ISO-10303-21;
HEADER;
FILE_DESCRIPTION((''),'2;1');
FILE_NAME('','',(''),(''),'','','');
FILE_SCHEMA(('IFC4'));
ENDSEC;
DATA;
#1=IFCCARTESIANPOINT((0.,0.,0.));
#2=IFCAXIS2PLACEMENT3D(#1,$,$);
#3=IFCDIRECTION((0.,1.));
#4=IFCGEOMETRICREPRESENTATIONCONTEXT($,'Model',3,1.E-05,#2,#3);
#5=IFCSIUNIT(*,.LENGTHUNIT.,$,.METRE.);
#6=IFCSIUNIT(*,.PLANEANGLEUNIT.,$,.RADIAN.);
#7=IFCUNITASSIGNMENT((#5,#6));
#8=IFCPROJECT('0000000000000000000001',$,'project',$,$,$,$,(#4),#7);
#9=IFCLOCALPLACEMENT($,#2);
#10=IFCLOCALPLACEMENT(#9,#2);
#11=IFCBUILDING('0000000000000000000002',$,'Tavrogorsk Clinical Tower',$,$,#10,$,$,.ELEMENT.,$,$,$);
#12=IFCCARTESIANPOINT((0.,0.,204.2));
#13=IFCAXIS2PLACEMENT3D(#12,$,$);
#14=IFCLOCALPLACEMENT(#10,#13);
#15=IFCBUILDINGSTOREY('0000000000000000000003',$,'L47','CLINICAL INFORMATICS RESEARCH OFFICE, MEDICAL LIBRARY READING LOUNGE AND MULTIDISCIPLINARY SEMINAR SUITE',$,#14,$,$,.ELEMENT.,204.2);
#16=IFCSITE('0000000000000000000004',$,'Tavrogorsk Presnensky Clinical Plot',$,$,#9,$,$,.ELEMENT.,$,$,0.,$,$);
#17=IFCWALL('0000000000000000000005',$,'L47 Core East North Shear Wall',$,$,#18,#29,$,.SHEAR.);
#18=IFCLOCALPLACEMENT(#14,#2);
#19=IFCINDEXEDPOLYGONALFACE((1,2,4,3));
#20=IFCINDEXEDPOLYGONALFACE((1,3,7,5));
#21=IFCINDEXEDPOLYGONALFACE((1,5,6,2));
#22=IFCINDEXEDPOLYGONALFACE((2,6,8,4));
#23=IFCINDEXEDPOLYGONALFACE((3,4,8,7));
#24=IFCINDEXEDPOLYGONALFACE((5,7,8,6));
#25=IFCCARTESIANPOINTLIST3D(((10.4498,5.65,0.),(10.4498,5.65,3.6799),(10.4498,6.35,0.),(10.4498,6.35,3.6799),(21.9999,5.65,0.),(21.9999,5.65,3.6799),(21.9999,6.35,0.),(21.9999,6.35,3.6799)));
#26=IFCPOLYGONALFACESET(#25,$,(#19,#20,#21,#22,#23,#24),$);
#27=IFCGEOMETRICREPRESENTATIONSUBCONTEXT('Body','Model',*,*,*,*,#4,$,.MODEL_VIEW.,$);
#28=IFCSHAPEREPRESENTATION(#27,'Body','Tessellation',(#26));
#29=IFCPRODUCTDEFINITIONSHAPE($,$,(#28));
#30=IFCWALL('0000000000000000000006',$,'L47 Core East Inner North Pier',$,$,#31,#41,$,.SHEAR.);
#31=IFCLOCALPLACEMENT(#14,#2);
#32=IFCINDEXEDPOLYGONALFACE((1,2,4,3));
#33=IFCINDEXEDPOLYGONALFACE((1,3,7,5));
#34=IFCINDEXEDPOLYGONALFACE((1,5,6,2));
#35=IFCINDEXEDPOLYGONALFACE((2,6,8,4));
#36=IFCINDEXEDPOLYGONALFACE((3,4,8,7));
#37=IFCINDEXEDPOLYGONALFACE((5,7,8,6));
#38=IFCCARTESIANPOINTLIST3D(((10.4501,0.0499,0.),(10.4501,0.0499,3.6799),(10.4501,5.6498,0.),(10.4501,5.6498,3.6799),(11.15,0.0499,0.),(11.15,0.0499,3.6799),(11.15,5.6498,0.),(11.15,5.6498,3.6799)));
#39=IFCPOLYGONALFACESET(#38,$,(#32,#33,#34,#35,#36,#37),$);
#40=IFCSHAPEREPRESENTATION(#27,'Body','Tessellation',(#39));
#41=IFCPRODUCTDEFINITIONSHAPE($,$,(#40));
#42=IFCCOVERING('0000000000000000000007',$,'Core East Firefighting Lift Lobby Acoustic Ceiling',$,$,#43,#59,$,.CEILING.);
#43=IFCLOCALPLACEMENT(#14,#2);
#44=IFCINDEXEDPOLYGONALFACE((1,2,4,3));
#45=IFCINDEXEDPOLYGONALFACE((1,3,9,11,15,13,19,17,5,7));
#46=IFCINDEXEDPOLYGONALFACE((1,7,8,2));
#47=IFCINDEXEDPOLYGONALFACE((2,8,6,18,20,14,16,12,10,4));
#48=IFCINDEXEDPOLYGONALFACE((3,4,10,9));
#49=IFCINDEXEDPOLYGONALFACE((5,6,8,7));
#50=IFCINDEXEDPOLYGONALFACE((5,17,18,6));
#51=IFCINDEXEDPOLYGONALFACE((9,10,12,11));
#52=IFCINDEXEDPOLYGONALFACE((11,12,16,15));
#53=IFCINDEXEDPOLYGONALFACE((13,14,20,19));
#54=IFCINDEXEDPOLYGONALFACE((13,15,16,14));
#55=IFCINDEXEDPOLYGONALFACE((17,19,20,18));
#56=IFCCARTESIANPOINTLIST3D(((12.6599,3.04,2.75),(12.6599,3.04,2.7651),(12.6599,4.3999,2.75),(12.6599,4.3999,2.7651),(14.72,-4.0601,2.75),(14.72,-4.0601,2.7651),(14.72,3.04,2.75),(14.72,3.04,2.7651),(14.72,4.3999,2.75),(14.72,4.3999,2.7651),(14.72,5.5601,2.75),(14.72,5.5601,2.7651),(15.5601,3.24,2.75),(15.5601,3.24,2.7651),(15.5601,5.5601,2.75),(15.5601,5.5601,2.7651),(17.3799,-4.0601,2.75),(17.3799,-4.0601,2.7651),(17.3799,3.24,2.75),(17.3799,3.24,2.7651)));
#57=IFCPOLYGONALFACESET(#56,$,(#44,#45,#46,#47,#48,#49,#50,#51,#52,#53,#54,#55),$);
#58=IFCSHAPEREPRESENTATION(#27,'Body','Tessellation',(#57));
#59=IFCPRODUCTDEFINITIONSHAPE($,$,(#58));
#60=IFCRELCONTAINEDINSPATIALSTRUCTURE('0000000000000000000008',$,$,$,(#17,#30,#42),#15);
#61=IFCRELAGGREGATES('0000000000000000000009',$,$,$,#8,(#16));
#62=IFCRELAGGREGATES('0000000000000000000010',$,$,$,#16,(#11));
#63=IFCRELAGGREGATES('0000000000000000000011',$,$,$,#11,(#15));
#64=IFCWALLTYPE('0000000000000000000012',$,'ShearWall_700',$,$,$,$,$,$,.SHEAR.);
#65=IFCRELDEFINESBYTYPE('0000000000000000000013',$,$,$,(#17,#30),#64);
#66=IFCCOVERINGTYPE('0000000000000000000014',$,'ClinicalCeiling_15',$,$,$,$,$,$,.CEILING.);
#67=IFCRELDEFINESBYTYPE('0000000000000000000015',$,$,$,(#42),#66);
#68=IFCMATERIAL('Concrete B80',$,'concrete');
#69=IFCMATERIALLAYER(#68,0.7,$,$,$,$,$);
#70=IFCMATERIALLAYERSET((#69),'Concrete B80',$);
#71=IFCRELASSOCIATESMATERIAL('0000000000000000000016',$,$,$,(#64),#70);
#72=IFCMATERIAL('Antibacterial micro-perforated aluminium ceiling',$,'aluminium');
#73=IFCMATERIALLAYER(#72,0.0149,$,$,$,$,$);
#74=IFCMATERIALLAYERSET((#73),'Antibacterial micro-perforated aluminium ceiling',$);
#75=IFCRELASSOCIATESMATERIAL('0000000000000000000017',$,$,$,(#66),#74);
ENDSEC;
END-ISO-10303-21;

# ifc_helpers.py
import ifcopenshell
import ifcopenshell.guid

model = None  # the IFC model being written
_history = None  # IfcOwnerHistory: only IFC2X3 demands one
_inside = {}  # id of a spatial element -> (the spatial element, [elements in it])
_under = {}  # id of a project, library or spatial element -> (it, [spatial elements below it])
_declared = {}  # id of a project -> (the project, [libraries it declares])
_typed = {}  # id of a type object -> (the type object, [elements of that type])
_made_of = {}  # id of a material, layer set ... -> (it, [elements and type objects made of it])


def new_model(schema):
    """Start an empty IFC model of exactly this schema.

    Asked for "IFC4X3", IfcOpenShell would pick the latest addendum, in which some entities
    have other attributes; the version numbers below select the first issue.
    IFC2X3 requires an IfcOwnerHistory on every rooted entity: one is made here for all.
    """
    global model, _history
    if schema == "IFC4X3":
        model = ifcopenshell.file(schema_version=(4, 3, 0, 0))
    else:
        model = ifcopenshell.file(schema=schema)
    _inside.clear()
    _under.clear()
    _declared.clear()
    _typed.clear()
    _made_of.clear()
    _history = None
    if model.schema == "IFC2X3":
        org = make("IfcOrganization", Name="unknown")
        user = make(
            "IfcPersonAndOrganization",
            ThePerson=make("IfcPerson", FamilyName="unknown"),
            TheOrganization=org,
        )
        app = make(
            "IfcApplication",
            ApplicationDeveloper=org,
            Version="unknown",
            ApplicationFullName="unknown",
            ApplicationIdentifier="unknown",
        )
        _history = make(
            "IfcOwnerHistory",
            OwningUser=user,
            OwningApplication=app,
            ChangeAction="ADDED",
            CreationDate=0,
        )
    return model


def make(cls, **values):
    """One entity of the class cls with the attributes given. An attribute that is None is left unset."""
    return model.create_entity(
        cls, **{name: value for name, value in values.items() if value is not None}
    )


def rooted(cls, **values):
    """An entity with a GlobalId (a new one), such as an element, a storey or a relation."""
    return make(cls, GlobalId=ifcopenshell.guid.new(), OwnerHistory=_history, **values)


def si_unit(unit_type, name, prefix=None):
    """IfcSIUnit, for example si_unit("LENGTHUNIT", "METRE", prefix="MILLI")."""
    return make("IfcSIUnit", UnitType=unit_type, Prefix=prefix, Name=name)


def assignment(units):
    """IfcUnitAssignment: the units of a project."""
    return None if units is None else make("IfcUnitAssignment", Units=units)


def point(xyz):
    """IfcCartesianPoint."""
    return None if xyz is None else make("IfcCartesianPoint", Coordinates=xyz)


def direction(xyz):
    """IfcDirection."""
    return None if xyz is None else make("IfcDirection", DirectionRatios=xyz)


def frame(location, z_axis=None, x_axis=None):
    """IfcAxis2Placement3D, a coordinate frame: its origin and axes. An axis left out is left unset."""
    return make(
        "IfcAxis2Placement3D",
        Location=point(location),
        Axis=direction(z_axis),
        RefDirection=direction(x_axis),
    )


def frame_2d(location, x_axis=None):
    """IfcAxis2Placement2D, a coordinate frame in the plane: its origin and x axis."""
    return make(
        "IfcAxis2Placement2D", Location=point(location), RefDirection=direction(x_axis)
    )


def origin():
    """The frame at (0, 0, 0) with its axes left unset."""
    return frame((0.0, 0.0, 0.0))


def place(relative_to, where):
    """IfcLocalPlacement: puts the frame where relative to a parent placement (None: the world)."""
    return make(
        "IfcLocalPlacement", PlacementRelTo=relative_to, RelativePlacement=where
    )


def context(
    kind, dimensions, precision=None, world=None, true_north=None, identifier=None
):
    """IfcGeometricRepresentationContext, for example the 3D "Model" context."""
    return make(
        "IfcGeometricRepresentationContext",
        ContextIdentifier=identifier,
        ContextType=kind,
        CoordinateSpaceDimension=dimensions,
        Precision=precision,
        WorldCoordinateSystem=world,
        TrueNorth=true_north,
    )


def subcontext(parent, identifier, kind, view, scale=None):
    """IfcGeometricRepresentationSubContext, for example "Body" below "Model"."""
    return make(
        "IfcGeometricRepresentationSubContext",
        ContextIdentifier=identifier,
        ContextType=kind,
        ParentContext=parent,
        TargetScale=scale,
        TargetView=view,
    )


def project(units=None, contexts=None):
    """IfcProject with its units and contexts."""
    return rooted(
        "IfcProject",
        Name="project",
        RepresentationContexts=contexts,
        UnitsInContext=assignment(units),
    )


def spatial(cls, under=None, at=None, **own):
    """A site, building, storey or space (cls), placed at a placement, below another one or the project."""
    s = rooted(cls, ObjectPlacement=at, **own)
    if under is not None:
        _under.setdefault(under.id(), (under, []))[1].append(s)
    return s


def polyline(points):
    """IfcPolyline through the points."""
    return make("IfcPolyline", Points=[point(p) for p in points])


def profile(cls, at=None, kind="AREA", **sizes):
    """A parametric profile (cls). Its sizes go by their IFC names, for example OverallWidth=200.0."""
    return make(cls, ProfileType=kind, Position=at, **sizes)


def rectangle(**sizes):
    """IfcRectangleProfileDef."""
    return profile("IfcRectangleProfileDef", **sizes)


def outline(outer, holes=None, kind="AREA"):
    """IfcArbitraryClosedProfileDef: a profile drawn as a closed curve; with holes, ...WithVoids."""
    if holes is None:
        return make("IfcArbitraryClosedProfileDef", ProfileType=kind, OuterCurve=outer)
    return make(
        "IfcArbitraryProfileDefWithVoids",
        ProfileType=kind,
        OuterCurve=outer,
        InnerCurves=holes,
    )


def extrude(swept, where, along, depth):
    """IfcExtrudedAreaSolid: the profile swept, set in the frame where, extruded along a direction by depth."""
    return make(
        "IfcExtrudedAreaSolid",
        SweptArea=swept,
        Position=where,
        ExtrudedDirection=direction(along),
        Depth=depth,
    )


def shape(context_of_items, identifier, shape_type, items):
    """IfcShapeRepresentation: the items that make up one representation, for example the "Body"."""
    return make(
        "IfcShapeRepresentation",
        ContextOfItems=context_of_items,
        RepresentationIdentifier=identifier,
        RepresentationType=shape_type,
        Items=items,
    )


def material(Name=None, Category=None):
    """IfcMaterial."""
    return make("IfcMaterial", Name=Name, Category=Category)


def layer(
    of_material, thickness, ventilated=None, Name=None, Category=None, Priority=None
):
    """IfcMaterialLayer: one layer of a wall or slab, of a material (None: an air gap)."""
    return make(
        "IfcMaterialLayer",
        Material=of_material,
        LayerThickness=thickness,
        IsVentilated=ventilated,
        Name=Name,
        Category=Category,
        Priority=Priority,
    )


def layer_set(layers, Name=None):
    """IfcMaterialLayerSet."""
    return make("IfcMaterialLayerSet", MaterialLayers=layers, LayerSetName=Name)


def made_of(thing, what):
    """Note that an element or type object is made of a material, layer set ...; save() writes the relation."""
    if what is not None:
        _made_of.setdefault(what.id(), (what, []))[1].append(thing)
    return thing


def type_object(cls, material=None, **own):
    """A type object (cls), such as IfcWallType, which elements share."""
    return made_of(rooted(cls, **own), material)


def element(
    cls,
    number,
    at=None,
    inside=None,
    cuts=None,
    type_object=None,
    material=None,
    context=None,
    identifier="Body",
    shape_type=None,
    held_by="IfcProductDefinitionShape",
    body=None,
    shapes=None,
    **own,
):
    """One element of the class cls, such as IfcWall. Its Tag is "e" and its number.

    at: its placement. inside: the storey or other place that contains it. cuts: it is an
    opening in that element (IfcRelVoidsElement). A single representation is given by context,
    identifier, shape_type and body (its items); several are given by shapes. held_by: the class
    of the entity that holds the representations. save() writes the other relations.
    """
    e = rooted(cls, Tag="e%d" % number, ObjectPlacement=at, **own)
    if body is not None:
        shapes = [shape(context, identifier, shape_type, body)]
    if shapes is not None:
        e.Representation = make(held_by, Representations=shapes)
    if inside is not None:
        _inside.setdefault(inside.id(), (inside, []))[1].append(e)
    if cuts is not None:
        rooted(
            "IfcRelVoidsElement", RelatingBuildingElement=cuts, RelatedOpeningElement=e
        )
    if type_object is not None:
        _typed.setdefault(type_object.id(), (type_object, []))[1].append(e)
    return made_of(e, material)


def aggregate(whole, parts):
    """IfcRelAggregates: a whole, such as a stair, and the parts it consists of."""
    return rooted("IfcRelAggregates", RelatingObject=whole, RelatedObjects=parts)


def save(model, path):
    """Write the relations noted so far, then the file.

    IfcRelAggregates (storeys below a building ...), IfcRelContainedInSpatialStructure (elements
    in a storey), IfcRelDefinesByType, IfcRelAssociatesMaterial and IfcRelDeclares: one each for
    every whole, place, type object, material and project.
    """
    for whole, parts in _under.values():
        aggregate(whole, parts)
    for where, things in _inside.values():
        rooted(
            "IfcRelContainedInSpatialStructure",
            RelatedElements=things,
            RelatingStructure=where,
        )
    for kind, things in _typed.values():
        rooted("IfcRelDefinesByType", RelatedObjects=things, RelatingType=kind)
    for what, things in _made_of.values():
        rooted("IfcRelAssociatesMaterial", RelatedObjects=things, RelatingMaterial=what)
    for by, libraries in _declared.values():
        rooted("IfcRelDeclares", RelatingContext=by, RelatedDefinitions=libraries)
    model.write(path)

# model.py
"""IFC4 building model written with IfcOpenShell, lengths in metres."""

from ifc_helpers import new_model, si_unit, direction, frame, frame_2d, origin, place, context, subcontext, project, spatial, polyline, rectangle, outline, extrude, material, layer, layer_set, type_object, element, save


model = new_model("IFC4")

# Units and contexts
model_context = context("Model", 3, precision=1e-05, world=origin(), true_north=direction((0.0, 1.0)))
body_context = subcontext(model_context, "Body", "Model", "MODEL_VIEW")
ifc_project = project(units=[si_unit("LENGTHUNIT", "METRE"), si_unit("PLANEANGLEUNIT", "RADIAN")], contexts=[model_context])

# Site, building, storey
site_placement = place(None, origin())
site = spatial("IfcSite", under=ifc_project, at=site_placement, Name="Tavrogorsk Presnensky Clinical Plot", CompositionType="ELEMENT", RefElevation=0.0)
building_placement = place(site_placement, origin())
building = spatial("IfcBuilding", under=site, at=building_placement, Name="Tavrogorsk Clinical Tower", CompositionType="ELEMENT")
storey_placement = place(building_placement, frame((0.0, 0.0, 204.2)))
storey = spatial("IfcBuildingStorey", under=building, at=storey_placement, Name="L47", Description="CLINICAL INFORMATICS RESEARCH OFFICE, MEDICAL LIBRARY READING LOUNGE AND MULTIDISCIPLINARY SEMINAR SUITE", CompositionType="ELEMENT", Elevation=204.2)

# Walls
ifc_material_1 = material(Name="Concrete B80", Category="concrete")
ifc_layer_1 = layer(ifc_material_1, 0.7)
ifc_layer_set_1 = layer_set([ifc_layer_1], Name="Concrete B80")
wall_type_1 = type_object("IfcWallType", Name="ShearWall_700", PredefinedType="SHEAR", material=ifc_layer_set_1)
wall_1_placement = place(storey_placement, frame((10.45, 6.0, 0.0), z_axis=(0.0, 0.0, 1.0), x_axis=(1.0, 0.0, 0.0)))
element("IfcWall", 1, at=wall_1_placement, inside=storey, type_object=wall_type_1, Name="L47 Core East North Shear Wall", PredefinedType="SHEAR", context=body_context, shape_type="SweptSolid", body=[
    extrude(rectangle(XDim=11.55, YDim=0.7, at=frame_2d((5.7749, 0.0))), origin(), (0.0, 0.0, 1.0), 3.6799),
])
wall_2_placement = place(storey_placement, frame((10.8, 0.05, 0.0), z_axis=(0.0, 0.0, 1.0), x_axis=(0.0, 1.0, 0.0)))
element("IfcWall", 2, at=wall_2_placement, inside=storey, type_object=wall_type_1, Name="L47 Core East Inner North Pier", PredefinedType="SHEAR", context=body_context, shape_type="SweptSolid", body=[
    extrude(rectangle(XDim=5.5999, YDim=0.7, at=frame_2d((2.7998, 0.0))), origin(), (0.0, 0.0, 1.0), 3.6799),
])

# Covering
ifc_material_2 = material(Name="Antibacterial micro-perforated aluminium ceiling", Category="aluminium")
ifc_layer_2 = layer(ifc_material_2, 0.0149)
ifc_layer_set_2 = layer_set([ifc_layer_2], Name="Antibacterial micro-perforated aluminium ceiling")
covering_type = type_object("IfcCoveringType", Name="ClinicalCeiling_15", PredefinedType="CEILING", material=ifc_layer_set_2)
covering_placement = place(storey_placement, frame((0.0, 0.0, 2.75)))
element("IfcCovering", 3, at=covering_placement, inside=storey, type_object=covering_type, Name="Core East Firefighting Lift Lobby Acoustic Ceiling", PredefinedType="CEILING", context=body_context, shape_type="SweptSolid", body=[
    extrude(outline(polyline([(14.72, 3.04), (12.6599, 3.04), (12.6599, 4.3999), (14.72, 4.3999), (14.72, 5.5601), (15.5601, 5.5601), (15.5601, 3.24), (17.3799, 3.24), (17.3799, -4.0601), (14.72, -4.0601), (14.72, 3.04)])), origin(), (0.0, 0.0, 1.0), 0.0151),
])

save(model, "model.ifc")
